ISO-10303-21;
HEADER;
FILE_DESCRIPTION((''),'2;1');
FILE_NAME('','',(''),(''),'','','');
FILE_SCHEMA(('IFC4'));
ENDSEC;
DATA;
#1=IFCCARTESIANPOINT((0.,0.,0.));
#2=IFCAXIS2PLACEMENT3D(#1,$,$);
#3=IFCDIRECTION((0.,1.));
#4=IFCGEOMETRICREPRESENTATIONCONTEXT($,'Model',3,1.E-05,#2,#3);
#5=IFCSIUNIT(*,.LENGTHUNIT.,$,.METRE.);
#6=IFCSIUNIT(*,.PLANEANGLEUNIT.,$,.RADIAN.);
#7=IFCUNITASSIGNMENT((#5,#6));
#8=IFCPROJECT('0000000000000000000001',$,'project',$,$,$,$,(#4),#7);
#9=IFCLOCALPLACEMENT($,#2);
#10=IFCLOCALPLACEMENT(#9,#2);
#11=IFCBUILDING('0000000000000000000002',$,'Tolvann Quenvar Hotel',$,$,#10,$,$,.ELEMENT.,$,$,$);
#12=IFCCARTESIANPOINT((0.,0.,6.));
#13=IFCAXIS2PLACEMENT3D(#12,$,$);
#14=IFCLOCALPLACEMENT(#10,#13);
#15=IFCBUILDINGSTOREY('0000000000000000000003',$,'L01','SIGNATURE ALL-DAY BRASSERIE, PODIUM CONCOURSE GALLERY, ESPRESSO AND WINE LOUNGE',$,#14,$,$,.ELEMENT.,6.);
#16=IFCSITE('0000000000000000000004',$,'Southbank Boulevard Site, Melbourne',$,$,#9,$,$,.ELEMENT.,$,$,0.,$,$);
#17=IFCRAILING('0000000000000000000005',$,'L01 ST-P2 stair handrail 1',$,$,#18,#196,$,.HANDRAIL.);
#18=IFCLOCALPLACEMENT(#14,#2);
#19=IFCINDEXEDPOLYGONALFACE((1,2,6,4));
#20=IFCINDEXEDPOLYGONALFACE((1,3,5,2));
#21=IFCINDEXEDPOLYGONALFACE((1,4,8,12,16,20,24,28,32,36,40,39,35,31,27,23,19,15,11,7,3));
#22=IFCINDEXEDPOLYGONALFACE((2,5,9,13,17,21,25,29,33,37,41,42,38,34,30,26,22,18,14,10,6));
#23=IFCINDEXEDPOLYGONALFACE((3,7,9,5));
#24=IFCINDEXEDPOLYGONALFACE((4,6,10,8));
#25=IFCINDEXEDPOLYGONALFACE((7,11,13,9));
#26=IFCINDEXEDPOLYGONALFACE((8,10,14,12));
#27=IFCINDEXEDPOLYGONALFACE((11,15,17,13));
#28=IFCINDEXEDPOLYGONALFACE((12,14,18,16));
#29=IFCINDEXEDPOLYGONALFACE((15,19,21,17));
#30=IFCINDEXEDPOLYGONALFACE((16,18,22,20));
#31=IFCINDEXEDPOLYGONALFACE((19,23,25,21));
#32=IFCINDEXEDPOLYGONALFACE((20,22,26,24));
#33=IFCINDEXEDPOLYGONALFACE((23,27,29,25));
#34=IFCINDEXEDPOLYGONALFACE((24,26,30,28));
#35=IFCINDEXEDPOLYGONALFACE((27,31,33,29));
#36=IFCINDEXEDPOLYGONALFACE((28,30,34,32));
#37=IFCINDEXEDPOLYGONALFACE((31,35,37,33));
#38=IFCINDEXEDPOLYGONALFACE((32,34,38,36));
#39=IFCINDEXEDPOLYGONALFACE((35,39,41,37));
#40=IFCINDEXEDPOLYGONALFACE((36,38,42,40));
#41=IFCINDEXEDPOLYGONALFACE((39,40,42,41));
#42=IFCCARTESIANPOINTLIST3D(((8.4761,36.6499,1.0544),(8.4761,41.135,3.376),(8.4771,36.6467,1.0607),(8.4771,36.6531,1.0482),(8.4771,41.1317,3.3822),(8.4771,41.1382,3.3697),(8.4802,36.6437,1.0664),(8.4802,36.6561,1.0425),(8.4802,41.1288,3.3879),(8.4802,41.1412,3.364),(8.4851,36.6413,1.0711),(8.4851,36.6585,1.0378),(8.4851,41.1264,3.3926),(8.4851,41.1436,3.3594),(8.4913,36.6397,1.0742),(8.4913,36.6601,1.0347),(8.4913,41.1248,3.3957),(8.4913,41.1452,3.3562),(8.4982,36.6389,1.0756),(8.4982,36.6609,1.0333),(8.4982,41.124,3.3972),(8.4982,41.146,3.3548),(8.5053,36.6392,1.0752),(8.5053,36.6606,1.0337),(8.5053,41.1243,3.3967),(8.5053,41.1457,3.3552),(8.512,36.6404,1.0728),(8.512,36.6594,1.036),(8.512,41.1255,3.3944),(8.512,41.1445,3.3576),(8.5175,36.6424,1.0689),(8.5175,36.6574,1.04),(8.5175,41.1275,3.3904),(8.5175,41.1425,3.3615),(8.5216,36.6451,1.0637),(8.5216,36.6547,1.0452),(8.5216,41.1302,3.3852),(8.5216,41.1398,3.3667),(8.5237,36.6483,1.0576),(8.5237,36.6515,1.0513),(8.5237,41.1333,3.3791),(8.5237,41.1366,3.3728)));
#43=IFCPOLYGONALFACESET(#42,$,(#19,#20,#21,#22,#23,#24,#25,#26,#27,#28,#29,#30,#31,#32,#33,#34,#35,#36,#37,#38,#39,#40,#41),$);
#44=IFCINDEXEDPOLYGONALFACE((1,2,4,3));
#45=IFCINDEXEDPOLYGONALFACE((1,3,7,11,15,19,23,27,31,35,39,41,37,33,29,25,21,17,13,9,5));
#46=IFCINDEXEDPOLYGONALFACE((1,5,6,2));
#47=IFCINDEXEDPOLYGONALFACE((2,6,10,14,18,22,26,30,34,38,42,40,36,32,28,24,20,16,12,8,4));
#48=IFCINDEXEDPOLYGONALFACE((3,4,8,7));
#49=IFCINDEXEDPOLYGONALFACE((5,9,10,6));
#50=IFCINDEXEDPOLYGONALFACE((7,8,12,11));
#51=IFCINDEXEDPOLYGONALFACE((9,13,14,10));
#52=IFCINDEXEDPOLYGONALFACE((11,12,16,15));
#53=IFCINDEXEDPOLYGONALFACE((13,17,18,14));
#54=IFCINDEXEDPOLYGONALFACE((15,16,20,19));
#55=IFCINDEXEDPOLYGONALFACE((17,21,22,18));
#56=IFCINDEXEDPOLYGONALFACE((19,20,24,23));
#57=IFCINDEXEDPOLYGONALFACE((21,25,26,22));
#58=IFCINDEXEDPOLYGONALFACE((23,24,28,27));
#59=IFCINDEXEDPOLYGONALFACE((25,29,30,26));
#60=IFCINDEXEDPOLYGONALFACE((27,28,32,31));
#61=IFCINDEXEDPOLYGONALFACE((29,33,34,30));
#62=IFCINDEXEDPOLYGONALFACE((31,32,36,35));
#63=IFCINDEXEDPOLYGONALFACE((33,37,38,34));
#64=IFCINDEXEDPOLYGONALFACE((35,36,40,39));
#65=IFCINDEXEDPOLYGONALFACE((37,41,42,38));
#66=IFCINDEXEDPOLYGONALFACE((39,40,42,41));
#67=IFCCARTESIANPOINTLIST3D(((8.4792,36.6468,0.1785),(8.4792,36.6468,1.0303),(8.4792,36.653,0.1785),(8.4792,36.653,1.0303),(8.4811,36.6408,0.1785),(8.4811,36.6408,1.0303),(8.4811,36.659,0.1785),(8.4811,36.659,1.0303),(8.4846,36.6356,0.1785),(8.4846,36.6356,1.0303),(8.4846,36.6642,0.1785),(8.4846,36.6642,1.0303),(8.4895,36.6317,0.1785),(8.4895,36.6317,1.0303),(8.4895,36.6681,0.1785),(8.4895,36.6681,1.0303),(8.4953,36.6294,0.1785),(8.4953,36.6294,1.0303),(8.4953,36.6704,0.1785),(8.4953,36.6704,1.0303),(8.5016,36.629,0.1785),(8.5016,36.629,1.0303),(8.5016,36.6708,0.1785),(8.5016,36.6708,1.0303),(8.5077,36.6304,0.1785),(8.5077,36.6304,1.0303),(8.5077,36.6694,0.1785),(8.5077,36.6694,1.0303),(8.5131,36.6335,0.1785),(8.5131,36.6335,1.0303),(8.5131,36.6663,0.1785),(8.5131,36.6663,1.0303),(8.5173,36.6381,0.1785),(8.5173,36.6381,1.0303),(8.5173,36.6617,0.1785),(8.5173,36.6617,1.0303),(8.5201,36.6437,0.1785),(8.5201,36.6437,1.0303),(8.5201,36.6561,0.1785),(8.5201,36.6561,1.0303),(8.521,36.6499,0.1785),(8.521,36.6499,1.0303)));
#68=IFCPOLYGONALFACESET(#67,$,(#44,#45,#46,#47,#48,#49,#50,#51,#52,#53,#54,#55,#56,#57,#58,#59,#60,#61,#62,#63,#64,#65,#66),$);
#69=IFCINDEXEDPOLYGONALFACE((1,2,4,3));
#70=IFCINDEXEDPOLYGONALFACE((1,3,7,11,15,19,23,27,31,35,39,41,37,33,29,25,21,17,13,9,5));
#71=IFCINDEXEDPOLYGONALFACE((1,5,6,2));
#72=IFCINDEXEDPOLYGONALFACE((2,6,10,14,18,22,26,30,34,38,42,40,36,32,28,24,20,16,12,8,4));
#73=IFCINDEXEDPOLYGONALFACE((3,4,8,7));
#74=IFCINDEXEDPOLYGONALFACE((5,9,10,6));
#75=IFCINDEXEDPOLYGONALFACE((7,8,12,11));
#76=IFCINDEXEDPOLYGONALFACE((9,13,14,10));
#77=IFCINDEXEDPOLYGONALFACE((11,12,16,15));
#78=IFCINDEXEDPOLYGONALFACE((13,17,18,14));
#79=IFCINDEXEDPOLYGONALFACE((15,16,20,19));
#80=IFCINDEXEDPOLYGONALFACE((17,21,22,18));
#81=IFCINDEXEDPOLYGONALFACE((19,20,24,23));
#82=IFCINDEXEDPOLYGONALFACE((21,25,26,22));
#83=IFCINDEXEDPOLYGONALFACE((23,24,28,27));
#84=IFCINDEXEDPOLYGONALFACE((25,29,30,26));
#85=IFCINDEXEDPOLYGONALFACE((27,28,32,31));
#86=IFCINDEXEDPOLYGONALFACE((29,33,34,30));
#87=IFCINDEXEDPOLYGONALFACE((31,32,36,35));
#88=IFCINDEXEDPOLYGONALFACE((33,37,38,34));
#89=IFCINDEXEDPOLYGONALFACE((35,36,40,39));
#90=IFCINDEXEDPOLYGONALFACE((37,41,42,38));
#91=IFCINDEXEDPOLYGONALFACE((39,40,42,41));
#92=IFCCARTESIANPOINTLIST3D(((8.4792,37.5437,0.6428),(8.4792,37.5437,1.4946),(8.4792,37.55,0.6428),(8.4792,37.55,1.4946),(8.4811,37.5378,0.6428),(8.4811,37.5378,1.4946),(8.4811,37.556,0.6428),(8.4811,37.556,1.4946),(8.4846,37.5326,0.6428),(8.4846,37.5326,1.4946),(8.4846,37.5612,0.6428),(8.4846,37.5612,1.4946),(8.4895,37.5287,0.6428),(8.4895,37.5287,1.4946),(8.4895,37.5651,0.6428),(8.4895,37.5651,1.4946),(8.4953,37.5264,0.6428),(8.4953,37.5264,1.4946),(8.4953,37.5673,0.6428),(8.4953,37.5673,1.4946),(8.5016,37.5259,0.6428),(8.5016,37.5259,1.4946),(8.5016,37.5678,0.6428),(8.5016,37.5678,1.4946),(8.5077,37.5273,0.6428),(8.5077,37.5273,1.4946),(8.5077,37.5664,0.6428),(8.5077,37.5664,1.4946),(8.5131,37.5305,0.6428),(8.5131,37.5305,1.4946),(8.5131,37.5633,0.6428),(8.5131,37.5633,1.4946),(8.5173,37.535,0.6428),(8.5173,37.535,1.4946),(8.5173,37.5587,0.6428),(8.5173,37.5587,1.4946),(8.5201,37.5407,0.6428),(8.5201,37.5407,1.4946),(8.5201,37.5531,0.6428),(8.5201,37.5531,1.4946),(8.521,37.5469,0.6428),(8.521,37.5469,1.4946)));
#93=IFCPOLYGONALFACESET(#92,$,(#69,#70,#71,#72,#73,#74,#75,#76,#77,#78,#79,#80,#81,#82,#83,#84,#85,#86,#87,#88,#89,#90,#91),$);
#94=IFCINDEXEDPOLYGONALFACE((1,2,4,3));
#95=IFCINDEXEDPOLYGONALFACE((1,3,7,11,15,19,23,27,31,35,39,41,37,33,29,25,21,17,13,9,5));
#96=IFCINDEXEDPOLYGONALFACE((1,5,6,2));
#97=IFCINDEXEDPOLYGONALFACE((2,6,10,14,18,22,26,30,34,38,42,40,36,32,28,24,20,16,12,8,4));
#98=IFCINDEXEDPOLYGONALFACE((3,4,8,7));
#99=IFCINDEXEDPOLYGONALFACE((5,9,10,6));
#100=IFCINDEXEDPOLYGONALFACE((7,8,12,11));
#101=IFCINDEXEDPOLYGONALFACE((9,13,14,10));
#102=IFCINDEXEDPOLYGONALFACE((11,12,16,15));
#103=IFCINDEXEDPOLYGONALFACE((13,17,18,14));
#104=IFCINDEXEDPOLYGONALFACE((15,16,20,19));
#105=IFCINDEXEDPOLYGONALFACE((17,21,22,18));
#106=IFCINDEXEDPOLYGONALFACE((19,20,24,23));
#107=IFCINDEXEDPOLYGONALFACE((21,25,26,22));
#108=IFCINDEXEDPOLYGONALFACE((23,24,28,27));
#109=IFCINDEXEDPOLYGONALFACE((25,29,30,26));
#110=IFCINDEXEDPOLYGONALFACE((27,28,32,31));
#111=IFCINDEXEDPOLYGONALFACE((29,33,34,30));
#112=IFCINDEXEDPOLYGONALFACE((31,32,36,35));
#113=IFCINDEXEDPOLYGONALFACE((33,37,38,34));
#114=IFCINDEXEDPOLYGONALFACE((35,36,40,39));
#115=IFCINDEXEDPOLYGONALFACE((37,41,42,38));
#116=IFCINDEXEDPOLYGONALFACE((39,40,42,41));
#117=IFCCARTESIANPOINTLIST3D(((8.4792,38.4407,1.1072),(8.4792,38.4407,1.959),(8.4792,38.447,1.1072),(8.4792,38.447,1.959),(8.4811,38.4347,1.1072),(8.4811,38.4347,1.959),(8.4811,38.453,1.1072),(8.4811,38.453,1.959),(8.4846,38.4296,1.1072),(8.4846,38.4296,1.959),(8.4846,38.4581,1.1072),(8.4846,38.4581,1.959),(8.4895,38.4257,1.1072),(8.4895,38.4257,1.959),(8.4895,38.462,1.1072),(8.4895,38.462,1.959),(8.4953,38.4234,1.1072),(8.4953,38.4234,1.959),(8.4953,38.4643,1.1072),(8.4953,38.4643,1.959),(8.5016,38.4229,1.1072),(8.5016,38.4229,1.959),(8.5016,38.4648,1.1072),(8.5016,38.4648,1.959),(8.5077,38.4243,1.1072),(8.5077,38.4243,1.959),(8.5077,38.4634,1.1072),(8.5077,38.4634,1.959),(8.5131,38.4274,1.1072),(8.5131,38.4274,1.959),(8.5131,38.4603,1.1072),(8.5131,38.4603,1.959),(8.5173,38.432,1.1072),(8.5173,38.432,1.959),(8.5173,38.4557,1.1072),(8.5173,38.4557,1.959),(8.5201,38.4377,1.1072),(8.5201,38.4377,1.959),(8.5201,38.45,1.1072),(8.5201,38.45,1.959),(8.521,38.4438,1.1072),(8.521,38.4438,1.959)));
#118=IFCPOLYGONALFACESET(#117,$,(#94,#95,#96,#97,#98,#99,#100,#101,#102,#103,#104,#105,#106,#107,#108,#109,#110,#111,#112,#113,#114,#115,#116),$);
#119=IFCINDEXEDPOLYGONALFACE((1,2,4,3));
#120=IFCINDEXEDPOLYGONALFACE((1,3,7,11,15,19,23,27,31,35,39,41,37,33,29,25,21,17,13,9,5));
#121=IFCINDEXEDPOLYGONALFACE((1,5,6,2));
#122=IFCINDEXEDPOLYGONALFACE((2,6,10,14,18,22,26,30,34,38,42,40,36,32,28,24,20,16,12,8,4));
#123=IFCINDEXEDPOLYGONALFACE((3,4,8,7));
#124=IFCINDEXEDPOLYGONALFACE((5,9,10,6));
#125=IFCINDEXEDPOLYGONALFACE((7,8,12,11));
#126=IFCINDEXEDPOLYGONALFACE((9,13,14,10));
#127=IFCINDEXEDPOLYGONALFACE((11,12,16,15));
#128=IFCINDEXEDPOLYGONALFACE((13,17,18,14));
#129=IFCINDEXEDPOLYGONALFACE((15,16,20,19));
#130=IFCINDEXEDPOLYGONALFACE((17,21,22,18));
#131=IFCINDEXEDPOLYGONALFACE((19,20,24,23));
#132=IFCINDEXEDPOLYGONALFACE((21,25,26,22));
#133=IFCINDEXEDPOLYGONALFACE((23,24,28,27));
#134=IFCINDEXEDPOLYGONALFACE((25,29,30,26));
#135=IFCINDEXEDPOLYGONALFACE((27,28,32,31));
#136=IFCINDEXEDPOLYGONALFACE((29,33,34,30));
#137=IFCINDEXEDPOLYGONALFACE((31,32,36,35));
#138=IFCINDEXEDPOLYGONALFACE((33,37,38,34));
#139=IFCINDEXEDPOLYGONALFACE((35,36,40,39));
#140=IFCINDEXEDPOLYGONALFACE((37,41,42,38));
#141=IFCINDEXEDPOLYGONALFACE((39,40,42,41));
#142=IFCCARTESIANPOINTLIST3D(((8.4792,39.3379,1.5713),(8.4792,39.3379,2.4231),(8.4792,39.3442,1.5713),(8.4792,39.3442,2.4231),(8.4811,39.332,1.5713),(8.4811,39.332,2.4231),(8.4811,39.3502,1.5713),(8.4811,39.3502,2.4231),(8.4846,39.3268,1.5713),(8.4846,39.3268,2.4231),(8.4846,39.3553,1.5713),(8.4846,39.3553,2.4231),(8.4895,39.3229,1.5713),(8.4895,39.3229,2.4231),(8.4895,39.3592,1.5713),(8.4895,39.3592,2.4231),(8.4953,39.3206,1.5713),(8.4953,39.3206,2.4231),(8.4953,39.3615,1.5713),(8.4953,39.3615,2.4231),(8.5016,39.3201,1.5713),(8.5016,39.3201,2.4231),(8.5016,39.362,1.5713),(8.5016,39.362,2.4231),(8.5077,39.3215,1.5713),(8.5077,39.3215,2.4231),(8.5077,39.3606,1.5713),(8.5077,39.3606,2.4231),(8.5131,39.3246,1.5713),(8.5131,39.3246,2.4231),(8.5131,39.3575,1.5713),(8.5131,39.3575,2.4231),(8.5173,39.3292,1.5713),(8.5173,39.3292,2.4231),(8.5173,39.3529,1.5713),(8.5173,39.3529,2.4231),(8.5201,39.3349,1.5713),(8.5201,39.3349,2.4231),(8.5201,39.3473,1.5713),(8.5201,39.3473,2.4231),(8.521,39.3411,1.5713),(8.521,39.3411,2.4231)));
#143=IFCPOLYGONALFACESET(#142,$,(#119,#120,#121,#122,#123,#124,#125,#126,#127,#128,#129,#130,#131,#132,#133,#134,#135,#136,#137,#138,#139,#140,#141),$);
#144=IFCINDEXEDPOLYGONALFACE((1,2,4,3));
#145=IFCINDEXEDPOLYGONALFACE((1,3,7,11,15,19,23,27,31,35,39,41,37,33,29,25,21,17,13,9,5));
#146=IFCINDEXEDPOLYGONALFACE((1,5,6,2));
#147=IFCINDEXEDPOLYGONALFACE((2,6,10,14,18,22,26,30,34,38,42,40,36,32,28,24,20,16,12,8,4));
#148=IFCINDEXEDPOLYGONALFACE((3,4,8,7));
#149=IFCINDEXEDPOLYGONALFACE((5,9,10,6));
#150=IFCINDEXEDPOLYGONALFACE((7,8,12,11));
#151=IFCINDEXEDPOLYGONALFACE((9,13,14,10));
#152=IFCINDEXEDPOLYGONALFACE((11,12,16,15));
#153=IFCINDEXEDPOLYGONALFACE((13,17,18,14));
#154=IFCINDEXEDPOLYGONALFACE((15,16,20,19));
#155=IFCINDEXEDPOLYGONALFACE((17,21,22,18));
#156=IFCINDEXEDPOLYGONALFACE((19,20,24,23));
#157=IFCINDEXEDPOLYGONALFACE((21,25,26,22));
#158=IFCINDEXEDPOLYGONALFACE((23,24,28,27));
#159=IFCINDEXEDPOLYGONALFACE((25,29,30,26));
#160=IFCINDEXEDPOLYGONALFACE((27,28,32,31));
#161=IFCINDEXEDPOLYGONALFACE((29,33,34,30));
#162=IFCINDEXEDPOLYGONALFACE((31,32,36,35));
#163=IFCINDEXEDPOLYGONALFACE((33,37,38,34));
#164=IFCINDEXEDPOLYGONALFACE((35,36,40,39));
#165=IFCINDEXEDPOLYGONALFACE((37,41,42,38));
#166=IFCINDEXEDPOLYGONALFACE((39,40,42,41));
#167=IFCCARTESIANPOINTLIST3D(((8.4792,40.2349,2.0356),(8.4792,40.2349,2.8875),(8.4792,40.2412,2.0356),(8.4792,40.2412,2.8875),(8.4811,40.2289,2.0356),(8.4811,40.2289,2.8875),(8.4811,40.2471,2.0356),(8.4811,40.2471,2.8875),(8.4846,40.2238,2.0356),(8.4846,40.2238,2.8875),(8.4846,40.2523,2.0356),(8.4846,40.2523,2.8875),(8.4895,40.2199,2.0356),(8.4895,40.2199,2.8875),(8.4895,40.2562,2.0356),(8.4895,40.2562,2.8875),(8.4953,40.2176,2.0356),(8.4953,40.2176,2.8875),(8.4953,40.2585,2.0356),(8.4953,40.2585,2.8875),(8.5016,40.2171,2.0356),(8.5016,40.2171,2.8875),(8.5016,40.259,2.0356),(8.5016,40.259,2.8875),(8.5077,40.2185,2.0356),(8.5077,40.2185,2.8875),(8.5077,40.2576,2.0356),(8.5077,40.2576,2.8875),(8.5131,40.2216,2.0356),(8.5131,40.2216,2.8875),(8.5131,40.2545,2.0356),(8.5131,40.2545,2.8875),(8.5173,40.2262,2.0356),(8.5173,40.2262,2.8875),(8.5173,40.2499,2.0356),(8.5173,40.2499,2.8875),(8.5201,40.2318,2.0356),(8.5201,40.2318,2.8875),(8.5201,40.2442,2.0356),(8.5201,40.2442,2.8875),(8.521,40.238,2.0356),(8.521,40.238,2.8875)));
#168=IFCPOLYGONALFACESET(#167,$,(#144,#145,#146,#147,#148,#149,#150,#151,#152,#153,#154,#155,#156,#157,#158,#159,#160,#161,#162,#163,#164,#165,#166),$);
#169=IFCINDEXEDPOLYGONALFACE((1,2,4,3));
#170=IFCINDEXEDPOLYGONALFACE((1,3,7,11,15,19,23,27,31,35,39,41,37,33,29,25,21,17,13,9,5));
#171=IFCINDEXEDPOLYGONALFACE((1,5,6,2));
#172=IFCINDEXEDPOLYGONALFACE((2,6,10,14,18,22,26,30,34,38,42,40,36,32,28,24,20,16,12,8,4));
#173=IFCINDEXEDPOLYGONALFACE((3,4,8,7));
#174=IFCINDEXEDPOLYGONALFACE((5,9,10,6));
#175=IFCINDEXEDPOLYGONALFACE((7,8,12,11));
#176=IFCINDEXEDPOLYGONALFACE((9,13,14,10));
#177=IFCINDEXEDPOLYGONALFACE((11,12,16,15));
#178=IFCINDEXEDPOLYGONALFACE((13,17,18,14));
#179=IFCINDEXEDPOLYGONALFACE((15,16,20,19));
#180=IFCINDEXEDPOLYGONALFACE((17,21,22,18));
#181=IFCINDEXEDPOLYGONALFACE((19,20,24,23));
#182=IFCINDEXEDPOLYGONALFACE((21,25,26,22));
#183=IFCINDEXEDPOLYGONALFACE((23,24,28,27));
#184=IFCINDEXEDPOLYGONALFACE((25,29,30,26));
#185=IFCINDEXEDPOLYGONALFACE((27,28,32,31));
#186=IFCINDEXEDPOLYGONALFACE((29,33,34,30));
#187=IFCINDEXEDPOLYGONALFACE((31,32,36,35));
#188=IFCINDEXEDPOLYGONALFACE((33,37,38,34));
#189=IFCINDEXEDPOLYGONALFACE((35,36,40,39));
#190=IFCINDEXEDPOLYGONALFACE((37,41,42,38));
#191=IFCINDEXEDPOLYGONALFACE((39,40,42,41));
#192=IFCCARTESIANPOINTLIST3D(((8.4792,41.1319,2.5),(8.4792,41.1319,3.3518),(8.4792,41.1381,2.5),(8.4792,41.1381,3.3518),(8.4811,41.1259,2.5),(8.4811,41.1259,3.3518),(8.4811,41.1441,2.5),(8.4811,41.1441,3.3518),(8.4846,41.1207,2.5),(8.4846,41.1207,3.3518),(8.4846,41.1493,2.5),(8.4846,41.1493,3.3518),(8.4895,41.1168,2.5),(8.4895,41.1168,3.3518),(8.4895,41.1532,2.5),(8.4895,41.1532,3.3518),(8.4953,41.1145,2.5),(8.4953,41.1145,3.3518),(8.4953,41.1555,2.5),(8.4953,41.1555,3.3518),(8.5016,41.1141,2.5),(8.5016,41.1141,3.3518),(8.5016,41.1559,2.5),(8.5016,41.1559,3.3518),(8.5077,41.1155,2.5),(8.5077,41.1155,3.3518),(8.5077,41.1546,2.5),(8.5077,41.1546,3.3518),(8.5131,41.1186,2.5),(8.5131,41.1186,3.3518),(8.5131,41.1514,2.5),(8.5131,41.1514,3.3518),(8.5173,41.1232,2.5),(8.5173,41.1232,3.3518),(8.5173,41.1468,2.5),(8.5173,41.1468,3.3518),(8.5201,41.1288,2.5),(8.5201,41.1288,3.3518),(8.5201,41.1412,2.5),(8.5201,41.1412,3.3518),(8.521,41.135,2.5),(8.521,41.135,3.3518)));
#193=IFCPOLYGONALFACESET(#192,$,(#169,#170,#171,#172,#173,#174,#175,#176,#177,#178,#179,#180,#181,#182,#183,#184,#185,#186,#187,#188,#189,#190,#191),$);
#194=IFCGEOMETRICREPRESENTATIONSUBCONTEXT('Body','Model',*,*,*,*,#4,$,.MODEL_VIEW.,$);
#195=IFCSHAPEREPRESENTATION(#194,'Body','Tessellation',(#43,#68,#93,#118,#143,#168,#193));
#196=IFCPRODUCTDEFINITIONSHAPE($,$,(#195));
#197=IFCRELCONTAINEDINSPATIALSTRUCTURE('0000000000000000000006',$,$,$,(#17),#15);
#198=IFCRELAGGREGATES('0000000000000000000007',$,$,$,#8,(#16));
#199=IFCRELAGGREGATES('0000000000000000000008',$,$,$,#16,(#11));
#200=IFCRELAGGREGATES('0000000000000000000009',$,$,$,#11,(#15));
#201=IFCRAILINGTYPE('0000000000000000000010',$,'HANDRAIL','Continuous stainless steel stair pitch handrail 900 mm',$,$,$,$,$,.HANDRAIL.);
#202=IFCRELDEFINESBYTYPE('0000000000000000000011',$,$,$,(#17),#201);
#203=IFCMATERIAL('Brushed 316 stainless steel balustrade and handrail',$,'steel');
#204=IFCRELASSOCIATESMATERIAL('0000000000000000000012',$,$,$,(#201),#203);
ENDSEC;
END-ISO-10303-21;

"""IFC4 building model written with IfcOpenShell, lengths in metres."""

from ifc_helpers import new_model, si_unit, direction, frame, origin, origin_2d, place, context, subcontext, project, spatial, circle, extrude, material, type_object, element, save


model = new_model("IFC4")

# Units and contexts
model_context = context("Model", 3, precision=1e-05, world=origin(), true_north=direction((0.0, 1.0)))
body_context = subcontext(model_context, "Body", "Model", "MODEL_VIEW")
ifc_project = project(units=[si_unit("LENGTHUNIT", "METRE"), si_unit("PLANEANGLEUNIT", "RADIAN")], contexts=[model_context])

# Site, building, storey
site_placement = place(None, origin())
site = spatial("IfcSite", under=ifc_project, at=site_placement, Name="Southbank Boulevard Site, Melbourne", CompositionType="ELEMENT", RefElevation=0.0)
building_placement = place(site_placement, origin())
building = spatial("IfcBuilding", under=site, at=building_placement, Name="Tolvann Quenvar Hotel", CompositionType="ELEMENT")
storey_placement = place(building_placement, frame((0.0, 0.0, 6.0)))
storey = spatial("IfcBuildingStorey", under=building, at=storey_placement, Name="L01", Description="SIGNATURE ALL-DAY BRASSERIE, PODIUM CONCOURSE GALLERY, ESPRESSO AND WINE LOUNGE", CompositionType="ELEMENT", Elevation=6.0)

# Railing
ifc_material_1 = material(Name="Brushed 316 stainless steel balustrade and handrail", Category="steel")
railing_type_1 = type_object("IfcRailingType", Name="HANDRAIL", Description="Continuous stainless steel stair pitch handrail 900 mm", PredefinedType="HANDRAIL", material=ifc_material_1)
railing_1_placement = place(storey_placement, frame((8.5, 36.6499, 0.1785)))
element("IfcRailing", 1, at=railing_1_placement, inside=storey, type_object=railing_type_1, Name="L01 ST-P2 stair handrail 1", PredefinedType="HANDRAIL", context=body_context, shape_type="SweptSolid", body=[
    extrude(circle(Radius=0.0239, at=origin_2d()), frame((0.0, 0.0, 0.876), z_axis=(0.0, 0.888084, 0.459681), x_axis=(-1.0, 0.0, 0.0)), (0.0, 0.0, 1.0), 5.0503),
    extrude(circle(Radius=0.021, at=origin_2d()), origin(), (0.0, 0.0, 1.0), 0.8518),
    extrude(circle(Radius=0.021, at=origin_2d()), frame((0.0, 0.897, 0.4644)), (0.0, 0.0, 1.0), 0.8518),
    extrude(circle(Radius=0.021, at=origin_2d()), frame((0.0, 1.7939, 0.9287)), (0.0, 0.0, 1.0), 0.8518),
    extrude(circle(Radius=0.021, at=origin_2d()), frame((0.0, 2.6912, 1.3928)), (0.0, 0.0, 1.0), 0.8518),
    extrude(circle(Radius=0.021, at=origin_2d()), frame((0.0, 3.5881, 1.8572)), (0.0, 0.0, 1.0), 0.8518),
    extrude(circle(Radius=0.021, at=origin_2d()), frame((0.0, 4.4851, 2.3215)), (0.0, 0.0, 1.0), 0.8518),
])

save(model, "model.ifc")
